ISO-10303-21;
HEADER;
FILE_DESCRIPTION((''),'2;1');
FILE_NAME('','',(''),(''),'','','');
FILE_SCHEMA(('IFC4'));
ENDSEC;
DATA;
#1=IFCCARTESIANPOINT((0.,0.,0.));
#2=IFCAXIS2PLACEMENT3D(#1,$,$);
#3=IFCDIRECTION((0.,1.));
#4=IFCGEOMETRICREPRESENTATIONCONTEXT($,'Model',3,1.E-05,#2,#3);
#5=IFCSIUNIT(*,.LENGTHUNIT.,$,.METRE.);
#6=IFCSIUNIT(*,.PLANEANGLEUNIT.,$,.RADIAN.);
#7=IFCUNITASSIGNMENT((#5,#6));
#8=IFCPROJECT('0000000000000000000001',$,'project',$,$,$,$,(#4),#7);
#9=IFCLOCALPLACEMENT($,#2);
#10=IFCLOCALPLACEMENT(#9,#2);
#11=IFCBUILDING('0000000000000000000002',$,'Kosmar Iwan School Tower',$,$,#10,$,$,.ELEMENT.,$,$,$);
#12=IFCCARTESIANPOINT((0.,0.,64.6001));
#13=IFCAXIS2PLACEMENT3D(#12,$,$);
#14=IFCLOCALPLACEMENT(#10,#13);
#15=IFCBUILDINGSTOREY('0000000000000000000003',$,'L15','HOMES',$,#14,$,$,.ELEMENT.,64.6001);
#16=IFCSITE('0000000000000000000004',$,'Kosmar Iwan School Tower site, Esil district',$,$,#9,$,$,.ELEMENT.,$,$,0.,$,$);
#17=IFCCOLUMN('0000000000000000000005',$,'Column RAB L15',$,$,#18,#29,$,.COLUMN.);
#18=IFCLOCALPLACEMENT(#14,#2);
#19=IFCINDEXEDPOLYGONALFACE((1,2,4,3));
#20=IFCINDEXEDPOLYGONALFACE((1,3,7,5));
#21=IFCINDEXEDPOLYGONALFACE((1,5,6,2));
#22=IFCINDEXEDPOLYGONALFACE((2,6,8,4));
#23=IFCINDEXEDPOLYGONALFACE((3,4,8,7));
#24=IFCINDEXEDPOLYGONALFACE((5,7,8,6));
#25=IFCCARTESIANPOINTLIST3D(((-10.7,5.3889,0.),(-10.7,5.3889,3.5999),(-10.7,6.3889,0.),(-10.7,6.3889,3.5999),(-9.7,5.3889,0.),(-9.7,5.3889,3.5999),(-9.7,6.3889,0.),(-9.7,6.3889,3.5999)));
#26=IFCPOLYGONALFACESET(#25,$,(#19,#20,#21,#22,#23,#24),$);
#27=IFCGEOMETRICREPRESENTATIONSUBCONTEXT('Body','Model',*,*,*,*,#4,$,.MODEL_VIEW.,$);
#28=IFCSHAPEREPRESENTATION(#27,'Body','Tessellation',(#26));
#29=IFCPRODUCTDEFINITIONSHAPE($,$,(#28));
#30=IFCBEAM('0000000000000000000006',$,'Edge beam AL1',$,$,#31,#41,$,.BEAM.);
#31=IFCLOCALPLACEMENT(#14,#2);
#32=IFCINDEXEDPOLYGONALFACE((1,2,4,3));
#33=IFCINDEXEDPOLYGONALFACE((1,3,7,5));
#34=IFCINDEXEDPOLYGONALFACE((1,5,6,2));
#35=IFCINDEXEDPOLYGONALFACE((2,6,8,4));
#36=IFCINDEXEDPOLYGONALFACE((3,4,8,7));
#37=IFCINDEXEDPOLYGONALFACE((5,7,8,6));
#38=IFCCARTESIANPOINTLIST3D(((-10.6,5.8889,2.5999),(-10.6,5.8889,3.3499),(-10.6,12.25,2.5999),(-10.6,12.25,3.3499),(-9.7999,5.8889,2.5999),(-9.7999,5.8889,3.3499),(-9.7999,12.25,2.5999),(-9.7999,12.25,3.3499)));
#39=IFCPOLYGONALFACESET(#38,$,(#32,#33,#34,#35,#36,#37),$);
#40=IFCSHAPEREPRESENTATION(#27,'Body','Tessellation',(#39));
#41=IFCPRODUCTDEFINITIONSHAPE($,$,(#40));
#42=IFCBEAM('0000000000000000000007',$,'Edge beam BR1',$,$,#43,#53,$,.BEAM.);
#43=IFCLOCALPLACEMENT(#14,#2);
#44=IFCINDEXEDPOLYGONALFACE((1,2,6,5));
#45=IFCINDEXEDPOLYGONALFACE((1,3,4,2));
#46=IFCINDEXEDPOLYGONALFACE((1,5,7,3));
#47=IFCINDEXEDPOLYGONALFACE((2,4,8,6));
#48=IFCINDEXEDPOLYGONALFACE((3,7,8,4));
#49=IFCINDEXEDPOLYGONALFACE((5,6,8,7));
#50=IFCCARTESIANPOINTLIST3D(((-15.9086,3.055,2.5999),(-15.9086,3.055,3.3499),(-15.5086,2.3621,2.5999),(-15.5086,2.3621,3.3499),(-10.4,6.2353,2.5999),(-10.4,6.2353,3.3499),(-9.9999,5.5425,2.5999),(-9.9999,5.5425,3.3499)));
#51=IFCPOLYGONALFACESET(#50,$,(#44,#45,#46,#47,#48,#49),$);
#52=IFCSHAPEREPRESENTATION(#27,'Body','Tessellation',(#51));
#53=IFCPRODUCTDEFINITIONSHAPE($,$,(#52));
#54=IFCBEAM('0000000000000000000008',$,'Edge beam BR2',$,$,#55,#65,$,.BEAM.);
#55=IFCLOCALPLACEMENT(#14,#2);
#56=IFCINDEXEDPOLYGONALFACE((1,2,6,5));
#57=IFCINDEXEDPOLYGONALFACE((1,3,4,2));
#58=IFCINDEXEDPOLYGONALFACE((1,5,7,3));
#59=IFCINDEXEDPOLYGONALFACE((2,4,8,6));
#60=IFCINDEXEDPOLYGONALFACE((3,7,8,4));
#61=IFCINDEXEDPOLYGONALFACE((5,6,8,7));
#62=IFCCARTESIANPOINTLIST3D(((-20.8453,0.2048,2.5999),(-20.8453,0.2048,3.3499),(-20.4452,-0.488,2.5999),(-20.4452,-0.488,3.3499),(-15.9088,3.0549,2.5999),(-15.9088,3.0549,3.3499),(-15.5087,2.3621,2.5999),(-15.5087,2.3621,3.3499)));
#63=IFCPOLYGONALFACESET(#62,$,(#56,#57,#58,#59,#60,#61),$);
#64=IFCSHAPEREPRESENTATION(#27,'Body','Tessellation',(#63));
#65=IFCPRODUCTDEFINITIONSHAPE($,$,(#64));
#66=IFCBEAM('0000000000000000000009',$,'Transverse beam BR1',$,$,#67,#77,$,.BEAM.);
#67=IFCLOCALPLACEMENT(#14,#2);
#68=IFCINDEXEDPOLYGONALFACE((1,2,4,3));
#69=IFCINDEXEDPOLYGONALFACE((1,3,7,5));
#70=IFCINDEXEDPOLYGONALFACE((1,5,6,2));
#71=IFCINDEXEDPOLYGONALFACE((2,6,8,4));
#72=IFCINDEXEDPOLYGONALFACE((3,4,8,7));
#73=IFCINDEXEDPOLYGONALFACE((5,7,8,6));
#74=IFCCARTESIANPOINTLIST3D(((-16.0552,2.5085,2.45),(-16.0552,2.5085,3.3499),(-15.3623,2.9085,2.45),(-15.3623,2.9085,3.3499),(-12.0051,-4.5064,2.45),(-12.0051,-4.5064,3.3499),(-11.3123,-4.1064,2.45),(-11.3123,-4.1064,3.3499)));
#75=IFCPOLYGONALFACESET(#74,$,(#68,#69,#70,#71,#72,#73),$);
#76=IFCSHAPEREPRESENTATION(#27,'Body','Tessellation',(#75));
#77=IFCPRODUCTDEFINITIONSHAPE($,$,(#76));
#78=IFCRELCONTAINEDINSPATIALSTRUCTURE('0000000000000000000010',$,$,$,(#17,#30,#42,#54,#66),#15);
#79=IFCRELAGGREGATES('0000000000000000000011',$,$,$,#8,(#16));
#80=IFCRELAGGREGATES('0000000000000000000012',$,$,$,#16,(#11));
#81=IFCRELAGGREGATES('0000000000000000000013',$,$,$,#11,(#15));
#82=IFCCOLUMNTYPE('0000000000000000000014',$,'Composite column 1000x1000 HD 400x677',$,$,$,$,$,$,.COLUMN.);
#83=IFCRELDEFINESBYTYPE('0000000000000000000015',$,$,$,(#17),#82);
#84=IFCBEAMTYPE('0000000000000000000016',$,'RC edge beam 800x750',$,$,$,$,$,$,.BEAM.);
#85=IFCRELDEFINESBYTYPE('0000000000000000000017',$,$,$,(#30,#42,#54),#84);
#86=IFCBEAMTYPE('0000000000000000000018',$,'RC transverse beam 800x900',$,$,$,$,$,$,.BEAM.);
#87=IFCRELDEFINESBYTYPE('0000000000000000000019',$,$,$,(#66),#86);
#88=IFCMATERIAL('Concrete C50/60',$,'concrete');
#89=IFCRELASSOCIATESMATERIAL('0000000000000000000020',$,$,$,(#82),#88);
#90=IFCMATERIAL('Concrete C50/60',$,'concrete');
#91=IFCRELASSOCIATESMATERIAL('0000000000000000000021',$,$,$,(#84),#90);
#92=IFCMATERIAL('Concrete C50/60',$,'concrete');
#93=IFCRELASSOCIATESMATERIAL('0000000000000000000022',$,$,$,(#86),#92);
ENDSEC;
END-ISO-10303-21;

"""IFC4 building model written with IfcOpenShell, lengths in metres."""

from ifc_helpers import new_model, si_unit, direction, frame, origin, origin_2d, place, context, subcontext, project, spatial, rectangle, extrude, material, material_profile, profile_set, type_object, element, save


model = new_model("IFC4")

# Units and contexts
model_context = context("Model", 3, precision=1e-05, world=origin(), true_north=direction((0.0, 1.0)))
body_context = subcontext(model_context, "Body", "Model", "MODEL_VIEW")
ifc_project = project(units=[si_unit("LENGTHUNIT", "METRE"), si_unit("PLANEANGLEUNIT", "RADIAN")], contexts=[model_context])

# Site, building, storey
site_placement = place(None, origin())
site = spatial("IfcSite", under=ifc_project, at=site_placement, Name="Kosmar Iwan School Tower site, Esil district", CompositionType="ELEMENT", RefElevation=0.0)
building_placement = place(site_placement, origin())
building = spatial("IfcBuilding", under=site, at=building_placement, Name="Kosmar Iwan School Tower", CompositionType="ELEMENT")
storey_placement = place(building_placement, frame((0.0, 0.0, 64.6001)))
storey = spatial("IfcBuildingStorey", under=building, at=storey_placement, Name="L15", Description="HOMES", CompositionType="ELEMENT", Elevation=64.6001)

# Column
ifc_material_1 = material(Name="Concrete C50/60", Category="concrete")
ifc_material_profile_1 = material_profile(ifc_material_1, rectangle(XDim=1.0, YDim=1.0, at=origin_2d()), Name="RC 1000x1000 + HD 400x677")
ifc_profile_set_1 = profile_set([ifc_material_profile_1], Name="Concrete C50/60")
column_type = type_object("IfcColumnType", Name="Composite column 1000x1000 HD 400x677", PredefinedType="COLUMN", material=ifc_profile_set_1)
column_placement = place(storey_placement, frame((-10.2, 5.8889, 0.0), z_axis=(0.0, 0.0, 1.0), x_axis=(1.0, 0.0, 0.0)))
element("IfcColumn", 1, at=column_placement, inside=storey, type_object=column_type, Name="Column RAB L15", PredefinedType="COLUMN", context=body_context, shape_type="SweptSolid", body=[
    extrude(rectangle(XDim=1.0, YDim=1.0, at=origin_2d()), origin(), (0.0, 0.0, 1.0), 3.5999),
])

# Beams
ifc_material_2 = material(Name="Concrete C50/60", Category="concrete")
ifc_material_profile_2 = material_profile(ifc_material_2, rectangle(XDim=0.8, YDim=0.75, at=origin_2d()), Name="RC 800x750")
ifc_profile_set_2 = profile_set([ifc_material_profile_2], Name="Concrete C50/60")
beam_type_1 = type_object("IfcBeamType", Name="RC edge beam 800x750", PredefinedType="BEAM", material=ifc_profile_set_2)
beam_1_placement = place(storey_placement, frame((-10.2, 5.8889, 2.9749), z_axis=(0.0, 1.0, 0.0), x_axis=(-1.0, 0.0, 0.0)))
element("IfcBeam", 2, at=beam_1_placement, inside=storey, type_object=beam_type_1, Name="Edge beam AL1", PredefinedType="BEAM", context=body_context, shape_type="SweptSolid", body=[
    extrude(rectangle(XDim=0.8, YDim=0.75, at=origin_2d()), origin(), (0.0, 0.0, 1.0), 6.3611),
])
beam_2_placement = place(storey_placement, frame((-10.2, 5.8889, 2.9749), z_axis=(-0.866031, -0.49999, 0.0), x_axis=(0.49999, -0.866031, 0.0)))
element("IfcBeam", 3, at=beam_2_placement, inside=storey, type_object=beam_type_1, Name="Edge beam BR1", PredefinedType="BEAM", context=body_context, shape_type="SweptSolid", body=[
    extrude(rectangle(XDim=0.8, YDim=0.75, at=origin_2d()), origin(), (0.0, 0.0, 1.0), 6.3608),
])
beam_3_placement = place(storey_placement, frame((-15.7087, 2.7085, 2.9749), z_axis=(-0.866026, -0.499999, 0.0), x_axis=(0.499999, -0.866026, 0.0)))
element("IfcBeam", 4, at=beam_3_placement, inside=storey, type_object=beam_type_1, Name="Edge beam BR2", PredefinedType="BEAM", context=body_context, shape_type="SweptSolid", body=[
    extrude(rectangle(XDim=0.8, YDim=0.75, at=origin_2d()), origin(), (0.0, 0.0, 1.0), 5.7002),
])
ifc_material_3 = material(Name="Concrete C50/60", Category="concrete")
ifc_material_profile_3 = material_profile(ifc_material_3, rectangle(XDim=0.8, YDim=0.8999, at=origin_2d()), Name="RC 800x900")
ifc_profile_set_3 = profile_set([ifc_material_profile_3], Name="Concrete C50/60")
beam_type_2 = type_object("IfcBeamType", Name="RC transverse beam 800x900", PredefinedType="BEAM", material=ifc_profile_set_3)
beam_4_placement = place(storey_placement, frame((-15.7087, 2.7085, 2.8999), z_axis=(0.5, -0.866025, 0.0), x_axis=(0.866025, 0.5, 0.0)))
element("IfcBeam", 5, at=beam_4_placement, inside=storey, type_object=beam_type_2, Name="Transverse beam BR1", PredefinedType="BEAM", context=body_context, shape_type="SweptSolid", body=[
    extrude(rectangle(XDim=0.8, YDim=0.8999, at=origin_2d()), origin(), (0.0, 0.0, 1.0), 8.1001),
])

save(model, "model.ifc")
